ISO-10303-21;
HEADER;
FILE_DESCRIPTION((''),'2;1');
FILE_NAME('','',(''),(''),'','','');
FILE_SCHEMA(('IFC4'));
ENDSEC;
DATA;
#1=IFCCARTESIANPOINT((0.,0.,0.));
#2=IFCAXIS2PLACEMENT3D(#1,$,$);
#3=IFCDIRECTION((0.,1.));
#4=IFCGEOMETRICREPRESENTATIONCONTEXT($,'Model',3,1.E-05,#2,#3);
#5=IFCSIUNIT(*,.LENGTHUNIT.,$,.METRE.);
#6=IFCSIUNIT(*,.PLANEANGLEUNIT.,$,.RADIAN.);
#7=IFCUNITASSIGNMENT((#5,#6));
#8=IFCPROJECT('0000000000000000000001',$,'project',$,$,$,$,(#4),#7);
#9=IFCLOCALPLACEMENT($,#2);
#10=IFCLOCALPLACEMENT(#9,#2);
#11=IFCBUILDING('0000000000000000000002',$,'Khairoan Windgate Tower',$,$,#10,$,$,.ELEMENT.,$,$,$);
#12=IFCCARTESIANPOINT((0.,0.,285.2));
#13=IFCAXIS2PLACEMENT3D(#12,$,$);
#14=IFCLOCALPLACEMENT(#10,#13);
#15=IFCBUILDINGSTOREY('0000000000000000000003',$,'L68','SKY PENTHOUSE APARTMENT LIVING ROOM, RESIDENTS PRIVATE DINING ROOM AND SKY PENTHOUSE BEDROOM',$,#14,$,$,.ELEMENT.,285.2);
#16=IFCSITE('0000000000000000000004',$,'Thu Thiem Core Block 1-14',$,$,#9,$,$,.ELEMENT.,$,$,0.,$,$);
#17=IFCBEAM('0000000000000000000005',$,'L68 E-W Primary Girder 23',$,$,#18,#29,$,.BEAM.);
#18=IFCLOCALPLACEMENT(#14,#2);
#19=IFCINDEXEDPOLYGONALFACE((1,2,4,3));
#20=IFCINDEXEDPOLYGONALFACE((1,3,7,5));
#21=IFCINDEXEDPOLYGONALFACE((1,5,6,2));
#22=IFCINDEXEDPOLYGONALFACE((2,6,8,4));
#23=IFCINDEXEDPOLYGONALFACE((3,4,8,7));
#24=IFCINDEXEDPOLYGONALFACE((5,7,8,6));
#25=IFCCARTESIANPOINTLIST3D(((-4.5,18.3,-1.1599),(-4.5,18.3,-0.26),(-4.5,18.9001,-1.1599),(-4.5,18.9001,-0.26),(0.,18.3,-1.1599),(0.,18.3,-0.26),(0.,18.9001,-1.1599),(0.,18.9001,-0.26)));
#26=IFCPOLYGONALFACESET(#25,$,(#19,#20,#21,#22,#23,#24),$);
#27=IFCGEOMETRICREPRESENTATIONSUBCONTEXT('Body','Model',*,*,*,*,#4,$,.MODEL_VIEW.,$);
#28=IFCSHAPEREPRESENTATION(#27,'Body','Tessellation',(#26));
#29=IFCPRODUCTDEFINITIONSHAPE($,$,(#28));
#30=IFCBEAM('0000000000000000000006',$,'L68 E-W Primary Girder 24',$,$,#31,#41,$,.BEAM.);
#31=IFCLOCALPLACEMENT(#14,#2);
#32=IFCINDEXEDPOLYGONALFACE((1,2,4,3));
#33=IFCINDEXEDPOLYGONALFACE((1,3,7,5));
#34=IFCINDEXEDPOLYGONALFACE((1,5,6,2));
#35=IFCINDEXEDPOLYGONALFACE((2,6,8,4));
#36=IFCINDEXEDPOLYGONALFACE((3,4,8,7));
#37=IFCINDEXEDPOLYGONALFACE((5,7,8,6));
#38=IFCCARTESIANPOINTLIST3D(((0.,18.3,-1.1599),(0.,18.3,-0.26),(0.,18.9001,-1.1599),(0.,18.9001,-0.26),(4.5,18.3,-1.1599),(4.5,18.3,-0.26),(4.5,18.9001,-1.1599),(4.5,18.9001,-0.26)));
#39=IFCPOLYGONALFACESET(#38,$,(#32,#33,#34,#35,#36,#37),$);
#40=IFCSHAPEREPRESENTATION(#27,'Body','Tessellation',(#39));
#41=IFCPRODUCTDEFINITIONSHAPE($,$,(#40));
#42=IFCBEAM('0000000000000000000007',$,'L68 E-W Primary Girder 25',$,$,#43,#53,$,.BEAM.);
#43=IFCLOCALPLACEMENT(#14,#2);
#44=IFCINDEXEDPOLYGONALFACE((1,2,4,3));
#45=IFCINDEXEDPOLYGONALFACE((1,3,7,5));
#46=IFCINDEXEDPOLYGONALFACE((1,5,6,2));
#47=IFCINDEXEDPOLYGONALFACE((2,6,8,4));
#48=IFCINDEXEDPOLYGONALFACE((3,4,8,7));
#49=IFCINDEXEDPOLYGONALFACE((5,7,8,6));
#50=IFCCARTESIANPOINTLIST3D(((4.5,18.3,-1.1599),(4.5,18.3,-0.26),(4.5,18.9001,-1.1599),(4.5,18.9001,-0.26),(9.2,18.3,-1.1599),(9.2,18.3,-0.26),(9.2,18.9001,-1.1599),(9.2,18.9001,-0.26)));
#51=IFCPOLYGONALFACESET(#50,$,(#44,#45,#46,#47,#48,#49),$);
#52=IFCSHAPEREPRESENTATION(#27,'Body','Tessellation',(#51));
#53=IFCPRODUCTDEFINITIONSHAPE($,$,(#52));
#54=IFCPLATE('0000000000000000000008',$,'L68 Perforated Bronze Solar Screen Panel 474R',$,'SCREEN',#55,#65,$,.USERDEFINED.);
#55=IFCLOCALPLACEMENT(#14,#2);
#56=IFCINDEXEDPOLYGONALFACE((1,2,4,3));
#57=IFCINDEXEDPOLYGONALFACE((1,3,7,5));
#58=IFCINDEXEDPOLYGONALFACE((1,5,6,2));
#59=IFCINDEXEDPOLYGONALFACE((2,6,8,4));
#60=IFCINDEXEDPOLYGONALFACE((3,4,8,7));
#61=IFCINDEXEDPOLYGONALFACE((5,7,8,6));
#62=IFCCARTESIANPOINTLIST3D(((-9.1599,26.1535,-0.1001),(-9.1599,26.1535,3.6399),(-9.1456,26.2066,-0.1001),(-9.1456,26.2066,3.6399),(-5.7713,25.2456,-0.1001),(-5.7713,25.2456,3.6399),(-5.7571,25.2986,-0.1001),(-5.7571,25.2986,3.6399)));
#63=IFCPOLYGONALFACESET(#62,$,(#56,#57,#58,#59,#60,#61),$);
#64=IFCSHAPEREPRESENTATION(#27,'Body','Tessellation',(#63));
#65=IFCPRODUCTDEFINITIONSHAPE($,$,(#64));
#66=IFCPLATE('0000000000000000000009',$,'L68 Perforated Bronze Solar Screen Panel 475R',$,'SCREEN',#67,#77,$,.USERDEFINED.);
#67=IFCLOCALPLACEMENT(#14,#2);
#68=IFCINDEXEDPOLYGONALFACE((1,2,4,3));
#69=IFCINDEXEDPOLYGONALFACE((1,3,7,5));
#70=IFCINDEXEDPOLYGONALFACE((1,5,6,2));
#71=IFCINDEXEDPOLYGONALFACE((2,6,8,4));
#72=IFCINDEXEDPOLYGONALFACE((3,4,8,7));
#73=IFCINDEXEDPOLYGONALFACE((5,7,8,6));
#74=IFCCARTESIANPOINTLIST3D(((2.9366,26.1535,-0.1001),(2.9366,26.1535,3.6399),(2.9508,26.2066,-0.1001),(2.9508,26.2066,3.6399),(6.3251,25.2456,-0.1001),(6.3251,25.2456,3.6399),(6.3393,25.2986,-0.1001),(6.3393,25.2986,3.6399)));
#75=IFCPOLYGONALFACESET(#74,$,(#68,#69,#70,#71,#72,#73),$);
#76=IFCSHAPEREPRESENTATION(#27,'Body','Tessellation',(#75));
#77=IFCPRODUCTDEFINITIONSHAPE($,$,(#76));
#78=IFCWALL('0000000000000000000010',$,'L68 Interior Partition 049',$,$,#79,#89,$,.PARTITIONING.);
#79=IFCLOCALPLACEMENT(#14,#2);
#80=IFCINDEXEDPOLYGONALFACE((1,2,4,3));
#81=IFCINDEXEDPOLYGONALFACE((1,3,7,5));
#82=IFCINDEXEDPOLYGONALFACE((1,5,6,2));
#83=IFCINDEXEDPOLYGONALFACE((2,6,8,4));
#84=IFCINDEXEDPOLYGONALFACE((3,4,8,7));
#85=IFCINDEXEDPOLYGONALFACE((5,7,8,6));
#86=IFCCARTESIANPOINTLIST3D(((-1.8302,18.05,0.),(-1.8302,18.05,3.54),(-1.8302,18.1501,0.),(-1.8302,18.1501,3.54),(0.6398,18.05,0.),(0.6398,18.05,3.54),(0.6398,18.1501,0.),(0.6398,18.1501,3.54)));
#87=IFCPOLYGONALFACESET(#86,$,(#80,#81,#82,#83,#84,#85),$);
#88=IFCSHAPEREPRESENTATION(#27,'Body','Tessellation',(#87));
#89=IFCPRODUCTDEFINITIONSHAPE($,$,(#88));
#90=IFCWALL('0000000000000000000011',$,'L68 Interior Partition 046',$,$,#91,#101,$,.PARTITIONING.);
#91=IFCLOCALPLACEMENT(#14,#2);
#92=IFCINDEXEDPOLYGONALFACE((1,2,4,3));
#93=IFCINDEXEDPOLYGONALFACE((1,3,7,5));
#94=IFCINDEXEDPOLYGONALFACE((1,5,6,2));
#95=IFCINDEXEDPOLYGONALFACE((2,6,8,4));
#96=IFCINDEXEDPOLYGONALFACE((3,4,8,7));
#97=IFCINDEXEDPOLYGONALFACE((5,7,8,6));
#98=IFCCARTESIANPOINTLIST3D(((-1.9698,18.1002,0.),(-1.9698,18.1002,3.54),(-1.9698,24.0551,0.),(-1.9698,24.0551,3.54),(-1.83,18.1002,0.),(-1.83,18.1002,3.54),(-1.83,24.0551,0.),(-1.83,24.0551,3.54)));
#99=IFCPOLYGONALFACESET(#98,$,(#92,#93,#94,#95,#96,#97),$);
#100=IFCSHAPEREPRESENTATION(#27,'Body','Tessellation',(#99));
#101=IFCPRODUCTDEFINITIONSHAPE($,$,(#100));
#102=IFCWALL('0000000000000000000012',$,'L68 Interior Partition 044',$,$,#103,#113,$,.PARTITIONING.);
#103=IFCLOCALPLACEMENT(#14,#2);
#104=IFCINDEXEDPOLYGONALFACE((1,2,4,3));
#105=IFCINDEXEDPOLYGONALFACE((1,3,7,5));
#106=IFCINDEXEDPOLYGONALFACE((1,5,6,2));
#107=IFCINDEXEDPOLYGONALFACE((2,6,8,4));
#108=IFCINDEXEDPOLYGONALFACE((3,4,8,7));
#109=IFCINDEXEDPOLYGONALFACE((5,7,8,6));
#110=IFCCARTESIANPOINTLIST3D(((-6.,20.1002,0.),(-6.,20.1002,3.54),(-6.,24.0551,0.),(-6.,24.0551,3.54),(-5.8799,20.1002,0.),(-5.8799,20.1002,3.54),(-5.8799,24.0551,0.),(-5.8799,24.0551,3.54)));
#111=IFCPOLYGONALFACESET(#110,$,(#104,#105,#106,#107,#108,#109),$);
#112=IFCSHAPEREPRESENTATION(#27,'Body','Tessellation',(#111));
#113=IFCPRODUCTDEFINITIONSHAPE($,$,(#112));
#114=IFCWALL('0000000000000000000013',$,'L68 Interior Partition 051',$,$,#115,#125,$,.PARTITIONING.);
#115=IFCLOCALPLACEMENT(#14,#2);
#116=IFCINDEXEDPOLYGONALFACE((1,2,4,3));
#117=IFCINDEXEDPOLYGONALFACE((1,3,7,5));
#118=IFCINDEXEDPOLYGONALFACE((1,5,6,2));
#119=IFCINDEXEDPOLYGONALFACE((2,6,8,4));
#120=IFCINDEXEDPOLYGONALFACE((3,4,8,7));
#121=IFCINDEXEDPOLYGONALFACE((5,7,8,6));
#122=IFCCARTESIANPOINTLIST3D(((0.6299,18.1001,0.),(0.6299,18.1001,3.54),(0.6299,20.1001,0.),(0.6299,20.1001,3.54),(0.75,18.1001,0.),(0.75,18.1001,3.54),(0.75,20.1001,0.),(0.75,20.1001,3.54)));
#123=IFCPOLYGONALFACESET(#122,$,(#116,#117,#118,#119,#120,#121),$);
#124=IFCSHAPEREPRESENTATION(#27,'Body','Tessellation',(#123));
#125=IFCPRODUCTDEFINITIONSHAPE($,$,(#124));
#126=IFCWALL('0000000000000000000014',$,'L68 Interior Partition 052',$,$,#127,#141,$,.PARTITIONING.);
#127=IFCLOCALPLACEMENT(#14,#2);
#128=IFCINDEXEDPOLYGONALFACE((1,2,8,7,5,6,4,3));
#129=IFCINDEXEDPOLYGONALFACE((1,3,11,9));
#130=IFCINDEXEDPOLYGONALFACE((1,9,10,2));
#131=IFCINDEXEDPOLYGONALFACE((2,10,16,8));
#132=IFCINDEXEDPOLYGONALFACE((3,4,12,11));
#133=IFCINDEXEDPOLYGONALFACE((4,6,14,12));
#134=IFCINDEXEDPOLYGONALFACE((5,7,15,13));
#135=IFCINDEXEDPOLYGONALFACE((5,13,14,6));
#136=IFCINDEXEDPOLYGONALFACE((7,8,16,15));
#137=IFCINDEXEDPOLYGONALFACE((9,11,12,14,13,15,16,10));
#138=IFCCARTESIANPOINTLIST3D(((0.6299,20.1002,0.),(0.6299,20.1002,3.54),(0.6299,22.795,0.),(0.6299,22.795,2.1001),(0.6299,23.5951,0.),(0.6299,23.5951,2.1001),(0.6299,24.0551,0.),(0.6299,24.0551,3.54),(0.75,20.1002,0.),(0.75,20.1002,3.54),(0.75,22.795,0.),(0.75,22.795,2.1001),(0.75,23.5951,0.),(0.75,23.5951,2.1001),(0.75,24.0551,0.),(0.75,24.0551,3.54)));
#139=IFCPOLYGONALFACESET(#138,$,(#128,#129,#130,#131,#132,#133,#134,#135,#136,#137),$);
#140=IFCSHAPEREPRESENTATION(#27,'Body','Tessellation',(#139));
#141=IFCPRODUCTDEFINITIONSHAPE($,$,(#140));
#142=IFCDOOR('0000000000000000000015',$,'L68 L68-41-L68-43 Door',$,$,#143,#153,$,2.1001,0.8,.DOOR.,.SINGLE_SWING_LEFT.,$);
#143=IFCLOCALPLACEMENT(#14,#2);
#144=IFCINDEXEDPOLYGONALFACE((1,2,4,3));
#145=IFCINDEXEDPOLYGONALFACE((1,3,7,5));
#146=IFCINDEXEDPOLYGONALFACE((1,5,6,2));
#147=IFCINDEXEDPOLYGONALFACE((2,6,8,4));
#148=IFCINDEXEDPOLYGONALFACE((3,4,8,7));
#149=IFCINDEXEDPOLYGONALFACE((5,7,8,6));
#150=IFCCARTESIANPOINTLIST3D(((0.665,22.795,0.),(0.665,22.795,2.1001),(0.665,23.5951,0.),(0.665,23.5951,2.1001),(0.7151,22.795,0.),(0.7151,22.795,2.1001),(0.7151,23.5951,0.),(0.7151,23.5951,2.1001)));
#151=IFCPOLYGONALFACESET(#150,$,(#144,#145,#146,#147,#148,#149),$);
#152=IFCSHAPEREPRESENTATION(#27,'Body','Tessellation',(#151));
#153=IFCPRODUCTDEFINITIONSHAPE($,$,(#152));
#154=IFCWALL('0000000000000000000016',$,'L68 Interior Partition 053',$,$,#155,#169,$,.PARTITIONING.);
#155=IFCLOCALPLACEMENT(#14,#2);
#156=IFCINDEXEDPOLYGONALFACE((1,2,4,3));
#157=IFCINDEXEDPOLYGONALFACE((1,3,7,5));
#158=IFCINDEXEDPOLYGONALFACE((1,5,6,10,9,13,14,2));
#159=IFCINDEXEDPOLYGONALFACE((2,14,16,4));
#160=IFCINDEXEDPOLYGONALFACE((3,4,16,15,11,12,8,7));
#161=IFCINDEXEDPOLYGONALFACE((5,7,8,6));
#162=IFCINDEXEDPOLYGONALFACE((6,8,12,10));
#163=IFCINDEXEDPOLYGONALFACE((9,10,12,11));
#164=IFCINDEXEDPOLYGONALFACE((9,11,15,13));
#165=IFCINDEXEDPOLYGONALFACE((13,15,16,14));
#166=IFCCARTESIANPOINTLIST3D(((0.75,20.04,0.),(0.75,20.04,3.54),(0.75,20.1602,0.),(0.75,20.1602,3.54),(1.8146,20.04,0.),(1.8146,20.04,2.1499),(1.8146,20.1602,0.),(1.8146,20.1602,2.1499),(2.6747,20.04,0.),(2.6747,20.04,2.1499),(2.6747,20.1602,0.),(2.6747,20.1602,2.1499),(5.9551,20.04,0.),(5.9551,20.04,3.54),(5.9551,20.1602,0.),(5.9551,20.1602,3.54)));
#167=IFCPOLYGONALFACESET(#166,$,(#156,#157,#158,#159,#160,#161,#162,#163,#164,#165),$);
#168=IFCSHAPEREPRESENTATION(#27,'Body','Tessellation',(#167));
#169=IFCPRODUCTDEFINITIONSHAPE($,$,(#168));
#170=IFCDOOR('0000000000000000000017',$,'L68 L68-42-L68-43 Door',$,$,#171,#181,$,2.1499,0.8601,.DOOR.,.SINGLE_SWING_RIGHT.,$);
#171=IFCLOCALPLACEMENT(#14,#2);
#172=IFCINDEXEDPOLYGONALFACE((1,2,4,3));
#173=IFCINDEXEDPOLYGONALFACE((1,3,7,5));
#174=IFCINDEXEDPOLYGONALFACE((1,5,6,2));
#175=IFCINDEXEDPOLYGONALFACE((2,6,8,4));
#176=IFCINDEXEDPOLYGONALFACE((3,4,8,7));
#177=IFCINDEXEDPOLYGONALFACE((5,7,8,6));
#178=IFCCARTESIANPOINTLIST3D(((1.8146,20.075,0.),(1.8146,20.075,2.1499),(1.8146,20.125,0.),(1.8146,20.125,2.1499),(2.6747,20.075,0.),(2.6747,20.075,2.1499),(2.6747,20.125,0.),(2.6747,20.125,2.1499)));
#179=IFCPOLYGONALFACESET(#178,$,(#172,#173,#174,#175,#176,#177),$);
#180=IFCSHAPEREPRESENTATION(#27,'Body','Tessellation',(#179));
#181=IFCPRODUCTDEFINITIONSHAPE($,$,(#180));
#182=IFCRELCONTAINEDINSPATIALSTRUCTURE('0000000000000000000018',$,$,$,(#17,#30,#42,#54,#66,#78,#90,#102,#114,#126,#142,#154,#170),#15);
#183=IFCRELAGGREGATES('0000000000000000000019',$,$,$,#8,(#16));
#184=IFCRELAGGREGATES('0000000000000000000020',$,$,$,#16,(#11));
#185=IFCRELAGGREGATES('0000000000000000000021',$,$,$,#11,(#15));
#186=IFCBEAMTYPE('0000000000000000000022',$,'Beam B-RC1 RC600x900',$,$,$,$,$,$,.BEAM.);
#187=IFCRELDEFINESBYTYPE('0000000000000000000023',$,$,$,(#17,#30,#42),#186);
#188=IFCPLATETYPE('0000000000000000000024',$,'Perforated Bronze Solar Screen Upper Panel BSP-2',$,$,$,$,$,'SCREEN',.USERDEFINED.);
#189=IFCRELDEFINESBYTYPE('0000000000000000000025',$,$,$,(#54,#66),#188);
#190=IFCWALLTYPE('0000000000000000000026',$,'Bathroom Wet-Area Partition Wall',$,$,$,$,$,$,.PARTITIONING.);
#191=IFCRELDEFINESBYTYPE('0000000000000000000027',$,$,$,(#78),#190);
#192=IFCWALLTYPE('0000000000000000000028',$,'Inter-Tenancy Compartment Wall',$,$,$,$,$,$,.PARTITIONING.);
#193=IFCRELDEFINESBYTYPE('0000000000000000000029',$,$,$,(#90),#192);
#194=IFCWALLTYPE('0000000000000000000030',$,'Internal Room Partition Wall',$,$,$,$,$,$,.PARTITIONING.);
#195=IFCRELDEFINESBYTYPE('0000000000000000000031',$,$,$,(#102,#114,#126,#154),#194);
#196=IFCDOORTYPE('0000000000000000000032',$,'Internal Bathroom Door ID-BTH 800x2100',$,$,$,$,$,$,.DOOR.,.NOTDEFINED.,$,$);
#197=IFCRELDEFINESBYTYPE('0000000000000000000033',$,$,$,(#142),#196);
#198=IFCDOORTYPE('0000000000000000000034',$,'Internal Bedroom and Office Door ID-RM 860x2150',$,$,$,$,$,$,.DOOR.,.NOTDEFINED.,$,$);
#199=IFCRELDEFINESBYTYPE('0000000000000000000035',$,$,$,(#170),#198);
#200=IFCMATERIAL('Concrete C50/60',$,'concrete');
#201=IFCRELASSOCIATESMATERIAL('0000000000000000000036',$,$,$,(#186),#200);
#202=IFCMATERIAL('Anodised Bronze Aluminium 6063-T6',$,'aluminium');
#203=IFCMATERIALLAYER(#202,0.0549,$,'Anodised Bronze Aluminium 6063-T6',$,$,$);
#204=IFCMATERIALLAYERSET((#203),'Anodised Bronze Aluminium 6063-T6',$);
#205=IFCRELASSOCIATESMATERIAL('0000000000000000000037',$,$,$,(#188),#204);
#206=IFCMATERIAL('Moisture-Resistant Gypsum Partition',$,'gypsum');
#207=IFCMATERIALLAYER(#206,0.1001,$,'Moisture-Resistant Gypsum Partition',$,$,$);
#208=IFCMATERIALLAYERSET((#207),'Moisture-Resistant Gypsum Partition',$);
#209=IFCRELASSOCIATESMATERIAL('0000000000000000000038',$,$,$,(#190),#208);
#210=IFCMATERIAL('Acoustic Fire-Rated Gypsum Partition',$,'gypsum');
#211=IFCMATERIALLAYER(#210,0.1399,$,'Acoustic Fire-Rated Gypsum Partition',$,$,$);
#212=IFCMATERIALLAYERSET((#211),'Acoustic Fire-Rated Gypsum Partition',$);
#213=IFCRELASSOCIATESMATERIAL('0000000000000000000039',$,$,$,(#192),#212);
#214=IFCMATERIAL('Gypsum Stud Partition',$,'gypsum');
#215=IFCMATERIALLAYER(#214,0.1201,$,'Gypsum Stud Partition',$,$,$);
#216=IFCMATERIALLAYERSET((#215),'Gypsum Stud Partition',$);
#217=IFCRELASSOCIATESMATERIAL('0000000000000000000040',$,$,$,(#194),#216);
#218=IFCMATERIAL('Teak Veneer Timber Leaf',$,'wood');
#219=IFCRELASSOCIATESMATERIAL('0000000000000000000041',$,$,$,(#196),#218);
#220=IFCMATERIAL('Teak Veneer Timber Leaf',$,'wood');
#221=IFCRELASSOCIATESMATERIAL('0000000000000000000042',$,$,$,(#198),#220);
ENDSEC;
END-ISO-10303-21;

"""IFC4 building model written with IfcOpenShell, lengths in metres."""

from ifc_helpers import new_model, si_unit, direction, frame, frame_2d, origin, origin_2d, place, context, subcontext, project, spatial, rectangle, extrude, material, layer, layer_set, material_profile, profile_set, type_object, element, fill, save


model = new_model("IFC4")

# Units and contexts
model_context = context("Model", 3, precision=1e-05, world=origin(), true_north=direction((0.0, 1.0)))
body_context = subcontext(model_context, "Body", "Model", "MODEL_VIEW")
ifc_project = project(units=[si_unit("LENGTHUNIT", "METRE"), si_unit("PLANEANGLEUNIT", "RADIAN")], contexts=[model_context])

# Site, building, storey
site_placement = place(None, origin())
site = spatial("IfcSite", under=ifc_project, at=site_placement, Name="Thu Thiem Core Block 1-14", CompositionType="ELEMENT", RefElevation=0.0)
building_placement = place(site_placement, origin())
building = spatial("IfcBuilding", under=site, at=building_placement, Name="Khairoan Windgate Tower", CompositionType="ELEMENT")
storey_placement = place(building_placement, frame((0.0, 0.0, 285.2)))
storey = spatial("IfcBuildingStorey", under=building, at=storey_placement, Name="L68", Description="SKY PENTHOUSE APARTMENT LIVING ROOM, RESIDENTS PRIVATE DINING ROOM AND SKY PENTHOUSE BEDROOM", CompositionType="ELEMENT", Elevation=285.2)

# Beams
ifc_material_1 = material(Name="Concrete C50/60", Category="concrete")
ifc_material_profile_1 = material_profile(ifc_material_1, rectangle(XDim=0.6001, YDim=0.8999, at=origin_2d()))
ifc_profile_set_1 = profile_set([ifc_material_profile_1], Name="Concrete C50/60")
beam_type = type_object("IfcBeamType", Name="Beam B-RC1 RC600x900", PredefinedType="BEAM", material=ifc_profile_set_1)
for number, where, z_axis, x_axis, name in (
    (1, (-4.5, 18.6001, -0.71), (1.0, 0.0, 0.0), (0.0, 1.0, 0.0), "L68 E-W Primary Girder 23"),
    (2, (0.0, 18.6001, -0.71), (1.0, 0.0, 0.0), (0.0, 1.0, 0.0), "L68 E-W Primary Girder 24"),
):
    element("IfcBeam", number, at=place(storey_placement, frame(where, z_axis=z_axis, x_axis=x_axis)), inside=storey, type_object=beam_type, Name=name, PredefinedType="BEAM", context=body_context, shape_type="SweptSolid", body=[
        extrude(rectangle(XDim=0.6001, YDim=0.8999, at=origin_2d()), origin(), (0.0, 0.0, 1.0), 4.5),
    ])
beam_1_placement = place(storey_placement, frame((4.5, 18.6001, -0.71), z_axis=(1.0, 0.0, 0.0), x_axis=(0.0, 1.0, 0.0)))
element("IfcBeam", 3, at=beam_1_placement, inside=storey, type_object=beam_type, Name="L68 E-W Primary Girder 25", PredefinedType="BEAM", context=body_context, shape_type="SweptSolid", body=[
    extrude(rectangle(XDim=0.6001, YDim=0.8999, at=origin_2d()), origin(), (0.0, 0.0, 1.0), 4.7),
])

# Plates
ifc_material_2 = material(Name="Anodised Bronze Aluminium 6063-T6", Category="aluminium")
ifc_layer_1 = layer(ifc_material_2, 0.0549, Name="Anodised Bronze Aluminium 6063-T6")
ifc_layer_set_1 = layer_set([ifc_layer_1], Name="Anodised Bronze Aluminium 6063-T6")
plate_type = type_object("IfcPlateType", Name="Perforated Bronze Solar Screen Upper Panel BSP-2", ElementType="SCREEN", PredefinedType="USERDEFINED", material=ifc_layer_set_1)
for number, where, z_axis, x_axis, name in (
    (4, (-7.4585, 25.7261, -0.1001), (0.0, 0.0, 1.0), (0.965926, -0.258819, 0.0), "L68 Perforated Bronze Solar Screen Panel 474R"),
    (5, (4.6379, 25.7261, -0.1001), (0.0, 0.0, 1.0), (0.965926, -0.258819, 0.0), "L68 Perforated Bronze Solar Screen Panel 475R"),
):
    element("IfcPlate", number, at=place(storey_placement, frame(where, z_axis=z_axis, x_axis=x_axis)), inside=storey, type_object=plate_type, Name=name, ObjectType="SCREEN", PredefinedType="USERDEFINED", context=body_context, shape_type="SweptSolid", body=[
        extrude(rectangle(XDim=3.5081, YDim=0.0549, at=origin_2d()), origin(), (0.0, 0.0, 1.0), 3.74),
    ])

# Walls
ifc_material_3 = material(Name="Moisture-Resistant Gypsum Partition", Category="gypsum")
ifc_layer_2 = layer(ifc_material_3, 0.1001, Name="Moisture-Resistant Gypsum Partition")
ifc_layer_set_2 = layer_set([ifc_layer_2], Name="Moisture-Resistant Gypsum Partition")
wall_type_1 = type_object("IfcWallType", Name="Bathroom Wet-Area Partition Wall", PredefinedType="PARTITIONING", material=ifc_layer_set_2)
wall_1_placement = place(storey_placement, frame((-1.8301, 18.1001, 0.0), z_axis=(0.0, 0.0, 1.0), x_axis=(1.0, 0.0, 0.0)))
element("IfcWall", 6, at=wall_1_placement, inside=storey, type_object=wall_type_1, Name="L68 Interior Partition 049", PredefinedType="PARTITIONING", context=body_context, shape_type="SweptSolid", body=[
    extrude(rectangle(XDim=2.47, YDim=0.1001, at=frame_2d((1.2349, 0.0))), origin(), (0.0, 0.0, 1.0), 3.54),
])
ifc_material_4 = material(Name="Acoustic Fire-Rated Gypsum Partition", Category="gypsum")
ifc_layer_3 = layer(ifc_material_4, 0.1399, Name="Acoustic Fire-Rated Gypsum Partition")
ifc_layer_set_3 = layer_set([ifc_layer_3], Name="Acoustic Fire-Rated Gypsum Partition")
wall_type_2 = type_object("IfcWallType", Name="Inter-Tenancy Compartment Wall", PredefinedType="PARTITIONING", material=ifc_layer_set_3)
wall_2_placement = place(storey_placement, frame((-1.8999, 18.1001, 0.0), z_axis=(0.0, 0.0, 1.0), x_axis=(0.0, 1.0, 0.0)))
element("IfcWall", 7, at=wall_2_placement, inside=storey, type_object=wall_type_2, Name="L68 Interior Partition 046", PredefinedType="PARTITIONING", context=body_context, shape_type="SweptSolid", body=[
    extrude(rectangle(XDim=5.9548, YDim=0.1399, at=frame_2d((2.9775, 0.0))), origin(), (0.0, 0.0, 1.0), 3.54),
])
ifc_material_5 = material(Name="Gypsum Stud Partition", Category="gypsum")
ifc_layer_4 = layer(ifc_material_5, 0.1201, Name="Gypsum Stud Partition")
ifc_layer_set_4 = layer_set([ifc_layer_4], Name="Gypsum Stud Partition")
wall_type_3 = type_object("IfcWallType", Name="Internal Room Partition Wall", PredefinedType="PARTITIONING", material=ifc_layer_set_4)
wall_3_placement = place(storey_placement, frame((-5.9399, 20.1001, 0.0), z_axis=(0.0, 0.0, 1.0), x_axis=(0.0, 1.0, 0.0)))
element("IfcWall", 8, at=wall_3_placement, inside=storey, type_object=wall_type_3, Name="L68 Interior Partition 044", PredefinedType="PARTITIONING", context=body_context, shape_type="SweptSolid", body=[
    extrude(rectangle(XDim=3.9548, YDim=0.1201, at=frame_2d((1.9775, 0.0))), origin(), (0.0, 0.0, 1.0), 3.54),
])
wall_4_placement = place(storey_placement, frame((0.6899, 18.1001, 0.0), z_axis=(0.0, 0.0, 1.0), x_axis=(0.0, 1.0, 0.0)))
element("IfcWall", 9, at=wall_4_placement, inside=storey, type_object=wall_type_3, Name="L68 Interior Partition 051", PredefinedType="PARTITIONING", context=body_context, shape_type="SweptSolid", body=[
    extrude(rectangle(XDim=2.0, YDim=0.1201, at=frame_2d((1.0, 0.0))), origin(), (0.0, 0.0, 1.0), 3.54),
])

# Walls, openings, doors
wall_5_placement = place(storey_placement, frame((0.6899, 20.1001, 0.0), z_axis=(0.0, 0.0, 1.0), x_axis=(0.0, 1.0, 0.0)))
wall_5 = element("IfcWall", 10, at=wall_5_placement, inside=storey, type_object=wall_type_3, Name="L68 Interior Partition 052", PredefinedType="PARTITIONING", context=body_context, shape_type="SweptSolid", body=[
    extrude(rectangle(XDim=3.9548, YDim=0.1201, at=frame_2d((1.9775, 0.0))), origin(), (0.0, 0.0, 1.0), 3.54),
])
opening_1_placement = place(wall_5_placement, frame((2.6951, 0.0, 0.0)))
opening_1 = element("IfcOpeningElement", 11, at=opening_1_placement, cuts=wall_5, PredefinedType="OPENING", context=body_context, shape_type="SweptSolid", body=[
    extrude(rectangle(XDim=0.8, YDim=2.1001, at=frame_2d((0.3999, 1.05))), frame((0.0, 0.0701, 0.0), z_axis=(0.0, -1.0, 0.0), x_axis=(1.0, 0.0, 0.0)), (0.0, 0.0, 1.0), 0.1401),
])
ifc_material_6 = material(Name="Teak Veneer Timber Leaf", Category="wood")
door_type_1 = type_object("IfcDoorType", Name="Internal Bathroom Door ID-BTH 800x2100", OperationType="NOTDEFINED", PredefinedType="DOOR", material=ifc_material_6)
door_1_placement = place(opening_1_placement, origin())
door_1 = element("IfcDoor", 12, at=door_1_placement, inside=storey, type_object=door_type_1, Name="L68 L68-41-L68-43 Door", OperationType="SINGLE_SWING_LEFT", OverallHeight=2.1001, OverallWidth=0.8, PredefinedType="DOOR", context=body_context, shape_type="SweptSolid", body=[
    extrude(rectangle(XDim=0.8, YDim=2.1001, at=frame_2d((0.3999, 1.05))), frame((0.0, 0.0249, 0.0), z_axis=(0.0, -1.0, 0.0), x_axis=(1.0, 0.0, 0.0)), (0.0, 0.0, 1.0), 0.05),
])
fill(opening_1, door_1)
wall_6_placement = place(storey_placement, frame((0.75, 20.1001, 0.0), z_axis=(0.0, 0.0, 1.0), x_axis=(1.0, 0.0, 0.0)))
wall_6 = element("IfcWall", 13, at=wall_6_placement, inside=storey, type_object=wall_type_3, Name="L68 Interior Partition 053", PredefinedType="PARTITIONING", context=body_context, shape_type="SweptSolid", body=[
    extrude(rectangle(XDim=5.2051, YDim=0.1201, at=frame_2d((2.6025, 0.0))), origin(), (0.0, 0.0, 1.0), 3.54),
])
opening_2_placement = place(wall_6_placement, frame((1.0645, 0.0, 0.0)))
opening_2 = element("IfcOpeningElement", 14, at=opening_2_placement, cuts=wall_6, PredefinedType="OPENING", context=body_context, shape_type="SweptSolid", body=[
    extrude(rectangle(XDim=0.8601, YDim=2.1499, at=frame_2d((0.4302, 1.075))), frame((0.0, 0.0701, 0.0), z_axis=(0.0, -1.0, 0.0), x_axis=(1.0, 0.0, 0.0)), (0.0, 0.0, 1.0), 0.1401),
])
ifc_material_7 = material(Name="Teak Veneer Timber Leaf", Category="wood")
door_type_2 = type_object("IfcDoorType", Name="Internal Bedroom and Office Door ID-RM 860x2150", OperationType="NOTDEFINED", PredefinedType="DOOR", material=ifc_material_7)
door_2_placement = place(opening_2_placement, origin())
door_2 = element("IfcDoor", 15, at=door_2_placement, inside=storey, type_object=door_type_2, Name="L68 L68-42-L68-43 Door", OperationType="SINGLE_SWING_RIGHT", OverallHeight=2.1499, OverallWidth=0.8601, PredefinedType="DOOR", context=body_context, shape_type="SweptSolid", body=[
    extrude(rectangle(XDim=0.8601, YDim=2.1499, at=frame_2d((0.4302, 1.075))), frame((0.0, 0.0249, 0.0), z_axis=(0.0, -1.0, 0.0), x_axis=(1.0, 0.0, 0.0)), (0.0, 0.0, 1.0), 0.05),
])
fill(opening_2, door_2)

save(model, "model.ifc")
